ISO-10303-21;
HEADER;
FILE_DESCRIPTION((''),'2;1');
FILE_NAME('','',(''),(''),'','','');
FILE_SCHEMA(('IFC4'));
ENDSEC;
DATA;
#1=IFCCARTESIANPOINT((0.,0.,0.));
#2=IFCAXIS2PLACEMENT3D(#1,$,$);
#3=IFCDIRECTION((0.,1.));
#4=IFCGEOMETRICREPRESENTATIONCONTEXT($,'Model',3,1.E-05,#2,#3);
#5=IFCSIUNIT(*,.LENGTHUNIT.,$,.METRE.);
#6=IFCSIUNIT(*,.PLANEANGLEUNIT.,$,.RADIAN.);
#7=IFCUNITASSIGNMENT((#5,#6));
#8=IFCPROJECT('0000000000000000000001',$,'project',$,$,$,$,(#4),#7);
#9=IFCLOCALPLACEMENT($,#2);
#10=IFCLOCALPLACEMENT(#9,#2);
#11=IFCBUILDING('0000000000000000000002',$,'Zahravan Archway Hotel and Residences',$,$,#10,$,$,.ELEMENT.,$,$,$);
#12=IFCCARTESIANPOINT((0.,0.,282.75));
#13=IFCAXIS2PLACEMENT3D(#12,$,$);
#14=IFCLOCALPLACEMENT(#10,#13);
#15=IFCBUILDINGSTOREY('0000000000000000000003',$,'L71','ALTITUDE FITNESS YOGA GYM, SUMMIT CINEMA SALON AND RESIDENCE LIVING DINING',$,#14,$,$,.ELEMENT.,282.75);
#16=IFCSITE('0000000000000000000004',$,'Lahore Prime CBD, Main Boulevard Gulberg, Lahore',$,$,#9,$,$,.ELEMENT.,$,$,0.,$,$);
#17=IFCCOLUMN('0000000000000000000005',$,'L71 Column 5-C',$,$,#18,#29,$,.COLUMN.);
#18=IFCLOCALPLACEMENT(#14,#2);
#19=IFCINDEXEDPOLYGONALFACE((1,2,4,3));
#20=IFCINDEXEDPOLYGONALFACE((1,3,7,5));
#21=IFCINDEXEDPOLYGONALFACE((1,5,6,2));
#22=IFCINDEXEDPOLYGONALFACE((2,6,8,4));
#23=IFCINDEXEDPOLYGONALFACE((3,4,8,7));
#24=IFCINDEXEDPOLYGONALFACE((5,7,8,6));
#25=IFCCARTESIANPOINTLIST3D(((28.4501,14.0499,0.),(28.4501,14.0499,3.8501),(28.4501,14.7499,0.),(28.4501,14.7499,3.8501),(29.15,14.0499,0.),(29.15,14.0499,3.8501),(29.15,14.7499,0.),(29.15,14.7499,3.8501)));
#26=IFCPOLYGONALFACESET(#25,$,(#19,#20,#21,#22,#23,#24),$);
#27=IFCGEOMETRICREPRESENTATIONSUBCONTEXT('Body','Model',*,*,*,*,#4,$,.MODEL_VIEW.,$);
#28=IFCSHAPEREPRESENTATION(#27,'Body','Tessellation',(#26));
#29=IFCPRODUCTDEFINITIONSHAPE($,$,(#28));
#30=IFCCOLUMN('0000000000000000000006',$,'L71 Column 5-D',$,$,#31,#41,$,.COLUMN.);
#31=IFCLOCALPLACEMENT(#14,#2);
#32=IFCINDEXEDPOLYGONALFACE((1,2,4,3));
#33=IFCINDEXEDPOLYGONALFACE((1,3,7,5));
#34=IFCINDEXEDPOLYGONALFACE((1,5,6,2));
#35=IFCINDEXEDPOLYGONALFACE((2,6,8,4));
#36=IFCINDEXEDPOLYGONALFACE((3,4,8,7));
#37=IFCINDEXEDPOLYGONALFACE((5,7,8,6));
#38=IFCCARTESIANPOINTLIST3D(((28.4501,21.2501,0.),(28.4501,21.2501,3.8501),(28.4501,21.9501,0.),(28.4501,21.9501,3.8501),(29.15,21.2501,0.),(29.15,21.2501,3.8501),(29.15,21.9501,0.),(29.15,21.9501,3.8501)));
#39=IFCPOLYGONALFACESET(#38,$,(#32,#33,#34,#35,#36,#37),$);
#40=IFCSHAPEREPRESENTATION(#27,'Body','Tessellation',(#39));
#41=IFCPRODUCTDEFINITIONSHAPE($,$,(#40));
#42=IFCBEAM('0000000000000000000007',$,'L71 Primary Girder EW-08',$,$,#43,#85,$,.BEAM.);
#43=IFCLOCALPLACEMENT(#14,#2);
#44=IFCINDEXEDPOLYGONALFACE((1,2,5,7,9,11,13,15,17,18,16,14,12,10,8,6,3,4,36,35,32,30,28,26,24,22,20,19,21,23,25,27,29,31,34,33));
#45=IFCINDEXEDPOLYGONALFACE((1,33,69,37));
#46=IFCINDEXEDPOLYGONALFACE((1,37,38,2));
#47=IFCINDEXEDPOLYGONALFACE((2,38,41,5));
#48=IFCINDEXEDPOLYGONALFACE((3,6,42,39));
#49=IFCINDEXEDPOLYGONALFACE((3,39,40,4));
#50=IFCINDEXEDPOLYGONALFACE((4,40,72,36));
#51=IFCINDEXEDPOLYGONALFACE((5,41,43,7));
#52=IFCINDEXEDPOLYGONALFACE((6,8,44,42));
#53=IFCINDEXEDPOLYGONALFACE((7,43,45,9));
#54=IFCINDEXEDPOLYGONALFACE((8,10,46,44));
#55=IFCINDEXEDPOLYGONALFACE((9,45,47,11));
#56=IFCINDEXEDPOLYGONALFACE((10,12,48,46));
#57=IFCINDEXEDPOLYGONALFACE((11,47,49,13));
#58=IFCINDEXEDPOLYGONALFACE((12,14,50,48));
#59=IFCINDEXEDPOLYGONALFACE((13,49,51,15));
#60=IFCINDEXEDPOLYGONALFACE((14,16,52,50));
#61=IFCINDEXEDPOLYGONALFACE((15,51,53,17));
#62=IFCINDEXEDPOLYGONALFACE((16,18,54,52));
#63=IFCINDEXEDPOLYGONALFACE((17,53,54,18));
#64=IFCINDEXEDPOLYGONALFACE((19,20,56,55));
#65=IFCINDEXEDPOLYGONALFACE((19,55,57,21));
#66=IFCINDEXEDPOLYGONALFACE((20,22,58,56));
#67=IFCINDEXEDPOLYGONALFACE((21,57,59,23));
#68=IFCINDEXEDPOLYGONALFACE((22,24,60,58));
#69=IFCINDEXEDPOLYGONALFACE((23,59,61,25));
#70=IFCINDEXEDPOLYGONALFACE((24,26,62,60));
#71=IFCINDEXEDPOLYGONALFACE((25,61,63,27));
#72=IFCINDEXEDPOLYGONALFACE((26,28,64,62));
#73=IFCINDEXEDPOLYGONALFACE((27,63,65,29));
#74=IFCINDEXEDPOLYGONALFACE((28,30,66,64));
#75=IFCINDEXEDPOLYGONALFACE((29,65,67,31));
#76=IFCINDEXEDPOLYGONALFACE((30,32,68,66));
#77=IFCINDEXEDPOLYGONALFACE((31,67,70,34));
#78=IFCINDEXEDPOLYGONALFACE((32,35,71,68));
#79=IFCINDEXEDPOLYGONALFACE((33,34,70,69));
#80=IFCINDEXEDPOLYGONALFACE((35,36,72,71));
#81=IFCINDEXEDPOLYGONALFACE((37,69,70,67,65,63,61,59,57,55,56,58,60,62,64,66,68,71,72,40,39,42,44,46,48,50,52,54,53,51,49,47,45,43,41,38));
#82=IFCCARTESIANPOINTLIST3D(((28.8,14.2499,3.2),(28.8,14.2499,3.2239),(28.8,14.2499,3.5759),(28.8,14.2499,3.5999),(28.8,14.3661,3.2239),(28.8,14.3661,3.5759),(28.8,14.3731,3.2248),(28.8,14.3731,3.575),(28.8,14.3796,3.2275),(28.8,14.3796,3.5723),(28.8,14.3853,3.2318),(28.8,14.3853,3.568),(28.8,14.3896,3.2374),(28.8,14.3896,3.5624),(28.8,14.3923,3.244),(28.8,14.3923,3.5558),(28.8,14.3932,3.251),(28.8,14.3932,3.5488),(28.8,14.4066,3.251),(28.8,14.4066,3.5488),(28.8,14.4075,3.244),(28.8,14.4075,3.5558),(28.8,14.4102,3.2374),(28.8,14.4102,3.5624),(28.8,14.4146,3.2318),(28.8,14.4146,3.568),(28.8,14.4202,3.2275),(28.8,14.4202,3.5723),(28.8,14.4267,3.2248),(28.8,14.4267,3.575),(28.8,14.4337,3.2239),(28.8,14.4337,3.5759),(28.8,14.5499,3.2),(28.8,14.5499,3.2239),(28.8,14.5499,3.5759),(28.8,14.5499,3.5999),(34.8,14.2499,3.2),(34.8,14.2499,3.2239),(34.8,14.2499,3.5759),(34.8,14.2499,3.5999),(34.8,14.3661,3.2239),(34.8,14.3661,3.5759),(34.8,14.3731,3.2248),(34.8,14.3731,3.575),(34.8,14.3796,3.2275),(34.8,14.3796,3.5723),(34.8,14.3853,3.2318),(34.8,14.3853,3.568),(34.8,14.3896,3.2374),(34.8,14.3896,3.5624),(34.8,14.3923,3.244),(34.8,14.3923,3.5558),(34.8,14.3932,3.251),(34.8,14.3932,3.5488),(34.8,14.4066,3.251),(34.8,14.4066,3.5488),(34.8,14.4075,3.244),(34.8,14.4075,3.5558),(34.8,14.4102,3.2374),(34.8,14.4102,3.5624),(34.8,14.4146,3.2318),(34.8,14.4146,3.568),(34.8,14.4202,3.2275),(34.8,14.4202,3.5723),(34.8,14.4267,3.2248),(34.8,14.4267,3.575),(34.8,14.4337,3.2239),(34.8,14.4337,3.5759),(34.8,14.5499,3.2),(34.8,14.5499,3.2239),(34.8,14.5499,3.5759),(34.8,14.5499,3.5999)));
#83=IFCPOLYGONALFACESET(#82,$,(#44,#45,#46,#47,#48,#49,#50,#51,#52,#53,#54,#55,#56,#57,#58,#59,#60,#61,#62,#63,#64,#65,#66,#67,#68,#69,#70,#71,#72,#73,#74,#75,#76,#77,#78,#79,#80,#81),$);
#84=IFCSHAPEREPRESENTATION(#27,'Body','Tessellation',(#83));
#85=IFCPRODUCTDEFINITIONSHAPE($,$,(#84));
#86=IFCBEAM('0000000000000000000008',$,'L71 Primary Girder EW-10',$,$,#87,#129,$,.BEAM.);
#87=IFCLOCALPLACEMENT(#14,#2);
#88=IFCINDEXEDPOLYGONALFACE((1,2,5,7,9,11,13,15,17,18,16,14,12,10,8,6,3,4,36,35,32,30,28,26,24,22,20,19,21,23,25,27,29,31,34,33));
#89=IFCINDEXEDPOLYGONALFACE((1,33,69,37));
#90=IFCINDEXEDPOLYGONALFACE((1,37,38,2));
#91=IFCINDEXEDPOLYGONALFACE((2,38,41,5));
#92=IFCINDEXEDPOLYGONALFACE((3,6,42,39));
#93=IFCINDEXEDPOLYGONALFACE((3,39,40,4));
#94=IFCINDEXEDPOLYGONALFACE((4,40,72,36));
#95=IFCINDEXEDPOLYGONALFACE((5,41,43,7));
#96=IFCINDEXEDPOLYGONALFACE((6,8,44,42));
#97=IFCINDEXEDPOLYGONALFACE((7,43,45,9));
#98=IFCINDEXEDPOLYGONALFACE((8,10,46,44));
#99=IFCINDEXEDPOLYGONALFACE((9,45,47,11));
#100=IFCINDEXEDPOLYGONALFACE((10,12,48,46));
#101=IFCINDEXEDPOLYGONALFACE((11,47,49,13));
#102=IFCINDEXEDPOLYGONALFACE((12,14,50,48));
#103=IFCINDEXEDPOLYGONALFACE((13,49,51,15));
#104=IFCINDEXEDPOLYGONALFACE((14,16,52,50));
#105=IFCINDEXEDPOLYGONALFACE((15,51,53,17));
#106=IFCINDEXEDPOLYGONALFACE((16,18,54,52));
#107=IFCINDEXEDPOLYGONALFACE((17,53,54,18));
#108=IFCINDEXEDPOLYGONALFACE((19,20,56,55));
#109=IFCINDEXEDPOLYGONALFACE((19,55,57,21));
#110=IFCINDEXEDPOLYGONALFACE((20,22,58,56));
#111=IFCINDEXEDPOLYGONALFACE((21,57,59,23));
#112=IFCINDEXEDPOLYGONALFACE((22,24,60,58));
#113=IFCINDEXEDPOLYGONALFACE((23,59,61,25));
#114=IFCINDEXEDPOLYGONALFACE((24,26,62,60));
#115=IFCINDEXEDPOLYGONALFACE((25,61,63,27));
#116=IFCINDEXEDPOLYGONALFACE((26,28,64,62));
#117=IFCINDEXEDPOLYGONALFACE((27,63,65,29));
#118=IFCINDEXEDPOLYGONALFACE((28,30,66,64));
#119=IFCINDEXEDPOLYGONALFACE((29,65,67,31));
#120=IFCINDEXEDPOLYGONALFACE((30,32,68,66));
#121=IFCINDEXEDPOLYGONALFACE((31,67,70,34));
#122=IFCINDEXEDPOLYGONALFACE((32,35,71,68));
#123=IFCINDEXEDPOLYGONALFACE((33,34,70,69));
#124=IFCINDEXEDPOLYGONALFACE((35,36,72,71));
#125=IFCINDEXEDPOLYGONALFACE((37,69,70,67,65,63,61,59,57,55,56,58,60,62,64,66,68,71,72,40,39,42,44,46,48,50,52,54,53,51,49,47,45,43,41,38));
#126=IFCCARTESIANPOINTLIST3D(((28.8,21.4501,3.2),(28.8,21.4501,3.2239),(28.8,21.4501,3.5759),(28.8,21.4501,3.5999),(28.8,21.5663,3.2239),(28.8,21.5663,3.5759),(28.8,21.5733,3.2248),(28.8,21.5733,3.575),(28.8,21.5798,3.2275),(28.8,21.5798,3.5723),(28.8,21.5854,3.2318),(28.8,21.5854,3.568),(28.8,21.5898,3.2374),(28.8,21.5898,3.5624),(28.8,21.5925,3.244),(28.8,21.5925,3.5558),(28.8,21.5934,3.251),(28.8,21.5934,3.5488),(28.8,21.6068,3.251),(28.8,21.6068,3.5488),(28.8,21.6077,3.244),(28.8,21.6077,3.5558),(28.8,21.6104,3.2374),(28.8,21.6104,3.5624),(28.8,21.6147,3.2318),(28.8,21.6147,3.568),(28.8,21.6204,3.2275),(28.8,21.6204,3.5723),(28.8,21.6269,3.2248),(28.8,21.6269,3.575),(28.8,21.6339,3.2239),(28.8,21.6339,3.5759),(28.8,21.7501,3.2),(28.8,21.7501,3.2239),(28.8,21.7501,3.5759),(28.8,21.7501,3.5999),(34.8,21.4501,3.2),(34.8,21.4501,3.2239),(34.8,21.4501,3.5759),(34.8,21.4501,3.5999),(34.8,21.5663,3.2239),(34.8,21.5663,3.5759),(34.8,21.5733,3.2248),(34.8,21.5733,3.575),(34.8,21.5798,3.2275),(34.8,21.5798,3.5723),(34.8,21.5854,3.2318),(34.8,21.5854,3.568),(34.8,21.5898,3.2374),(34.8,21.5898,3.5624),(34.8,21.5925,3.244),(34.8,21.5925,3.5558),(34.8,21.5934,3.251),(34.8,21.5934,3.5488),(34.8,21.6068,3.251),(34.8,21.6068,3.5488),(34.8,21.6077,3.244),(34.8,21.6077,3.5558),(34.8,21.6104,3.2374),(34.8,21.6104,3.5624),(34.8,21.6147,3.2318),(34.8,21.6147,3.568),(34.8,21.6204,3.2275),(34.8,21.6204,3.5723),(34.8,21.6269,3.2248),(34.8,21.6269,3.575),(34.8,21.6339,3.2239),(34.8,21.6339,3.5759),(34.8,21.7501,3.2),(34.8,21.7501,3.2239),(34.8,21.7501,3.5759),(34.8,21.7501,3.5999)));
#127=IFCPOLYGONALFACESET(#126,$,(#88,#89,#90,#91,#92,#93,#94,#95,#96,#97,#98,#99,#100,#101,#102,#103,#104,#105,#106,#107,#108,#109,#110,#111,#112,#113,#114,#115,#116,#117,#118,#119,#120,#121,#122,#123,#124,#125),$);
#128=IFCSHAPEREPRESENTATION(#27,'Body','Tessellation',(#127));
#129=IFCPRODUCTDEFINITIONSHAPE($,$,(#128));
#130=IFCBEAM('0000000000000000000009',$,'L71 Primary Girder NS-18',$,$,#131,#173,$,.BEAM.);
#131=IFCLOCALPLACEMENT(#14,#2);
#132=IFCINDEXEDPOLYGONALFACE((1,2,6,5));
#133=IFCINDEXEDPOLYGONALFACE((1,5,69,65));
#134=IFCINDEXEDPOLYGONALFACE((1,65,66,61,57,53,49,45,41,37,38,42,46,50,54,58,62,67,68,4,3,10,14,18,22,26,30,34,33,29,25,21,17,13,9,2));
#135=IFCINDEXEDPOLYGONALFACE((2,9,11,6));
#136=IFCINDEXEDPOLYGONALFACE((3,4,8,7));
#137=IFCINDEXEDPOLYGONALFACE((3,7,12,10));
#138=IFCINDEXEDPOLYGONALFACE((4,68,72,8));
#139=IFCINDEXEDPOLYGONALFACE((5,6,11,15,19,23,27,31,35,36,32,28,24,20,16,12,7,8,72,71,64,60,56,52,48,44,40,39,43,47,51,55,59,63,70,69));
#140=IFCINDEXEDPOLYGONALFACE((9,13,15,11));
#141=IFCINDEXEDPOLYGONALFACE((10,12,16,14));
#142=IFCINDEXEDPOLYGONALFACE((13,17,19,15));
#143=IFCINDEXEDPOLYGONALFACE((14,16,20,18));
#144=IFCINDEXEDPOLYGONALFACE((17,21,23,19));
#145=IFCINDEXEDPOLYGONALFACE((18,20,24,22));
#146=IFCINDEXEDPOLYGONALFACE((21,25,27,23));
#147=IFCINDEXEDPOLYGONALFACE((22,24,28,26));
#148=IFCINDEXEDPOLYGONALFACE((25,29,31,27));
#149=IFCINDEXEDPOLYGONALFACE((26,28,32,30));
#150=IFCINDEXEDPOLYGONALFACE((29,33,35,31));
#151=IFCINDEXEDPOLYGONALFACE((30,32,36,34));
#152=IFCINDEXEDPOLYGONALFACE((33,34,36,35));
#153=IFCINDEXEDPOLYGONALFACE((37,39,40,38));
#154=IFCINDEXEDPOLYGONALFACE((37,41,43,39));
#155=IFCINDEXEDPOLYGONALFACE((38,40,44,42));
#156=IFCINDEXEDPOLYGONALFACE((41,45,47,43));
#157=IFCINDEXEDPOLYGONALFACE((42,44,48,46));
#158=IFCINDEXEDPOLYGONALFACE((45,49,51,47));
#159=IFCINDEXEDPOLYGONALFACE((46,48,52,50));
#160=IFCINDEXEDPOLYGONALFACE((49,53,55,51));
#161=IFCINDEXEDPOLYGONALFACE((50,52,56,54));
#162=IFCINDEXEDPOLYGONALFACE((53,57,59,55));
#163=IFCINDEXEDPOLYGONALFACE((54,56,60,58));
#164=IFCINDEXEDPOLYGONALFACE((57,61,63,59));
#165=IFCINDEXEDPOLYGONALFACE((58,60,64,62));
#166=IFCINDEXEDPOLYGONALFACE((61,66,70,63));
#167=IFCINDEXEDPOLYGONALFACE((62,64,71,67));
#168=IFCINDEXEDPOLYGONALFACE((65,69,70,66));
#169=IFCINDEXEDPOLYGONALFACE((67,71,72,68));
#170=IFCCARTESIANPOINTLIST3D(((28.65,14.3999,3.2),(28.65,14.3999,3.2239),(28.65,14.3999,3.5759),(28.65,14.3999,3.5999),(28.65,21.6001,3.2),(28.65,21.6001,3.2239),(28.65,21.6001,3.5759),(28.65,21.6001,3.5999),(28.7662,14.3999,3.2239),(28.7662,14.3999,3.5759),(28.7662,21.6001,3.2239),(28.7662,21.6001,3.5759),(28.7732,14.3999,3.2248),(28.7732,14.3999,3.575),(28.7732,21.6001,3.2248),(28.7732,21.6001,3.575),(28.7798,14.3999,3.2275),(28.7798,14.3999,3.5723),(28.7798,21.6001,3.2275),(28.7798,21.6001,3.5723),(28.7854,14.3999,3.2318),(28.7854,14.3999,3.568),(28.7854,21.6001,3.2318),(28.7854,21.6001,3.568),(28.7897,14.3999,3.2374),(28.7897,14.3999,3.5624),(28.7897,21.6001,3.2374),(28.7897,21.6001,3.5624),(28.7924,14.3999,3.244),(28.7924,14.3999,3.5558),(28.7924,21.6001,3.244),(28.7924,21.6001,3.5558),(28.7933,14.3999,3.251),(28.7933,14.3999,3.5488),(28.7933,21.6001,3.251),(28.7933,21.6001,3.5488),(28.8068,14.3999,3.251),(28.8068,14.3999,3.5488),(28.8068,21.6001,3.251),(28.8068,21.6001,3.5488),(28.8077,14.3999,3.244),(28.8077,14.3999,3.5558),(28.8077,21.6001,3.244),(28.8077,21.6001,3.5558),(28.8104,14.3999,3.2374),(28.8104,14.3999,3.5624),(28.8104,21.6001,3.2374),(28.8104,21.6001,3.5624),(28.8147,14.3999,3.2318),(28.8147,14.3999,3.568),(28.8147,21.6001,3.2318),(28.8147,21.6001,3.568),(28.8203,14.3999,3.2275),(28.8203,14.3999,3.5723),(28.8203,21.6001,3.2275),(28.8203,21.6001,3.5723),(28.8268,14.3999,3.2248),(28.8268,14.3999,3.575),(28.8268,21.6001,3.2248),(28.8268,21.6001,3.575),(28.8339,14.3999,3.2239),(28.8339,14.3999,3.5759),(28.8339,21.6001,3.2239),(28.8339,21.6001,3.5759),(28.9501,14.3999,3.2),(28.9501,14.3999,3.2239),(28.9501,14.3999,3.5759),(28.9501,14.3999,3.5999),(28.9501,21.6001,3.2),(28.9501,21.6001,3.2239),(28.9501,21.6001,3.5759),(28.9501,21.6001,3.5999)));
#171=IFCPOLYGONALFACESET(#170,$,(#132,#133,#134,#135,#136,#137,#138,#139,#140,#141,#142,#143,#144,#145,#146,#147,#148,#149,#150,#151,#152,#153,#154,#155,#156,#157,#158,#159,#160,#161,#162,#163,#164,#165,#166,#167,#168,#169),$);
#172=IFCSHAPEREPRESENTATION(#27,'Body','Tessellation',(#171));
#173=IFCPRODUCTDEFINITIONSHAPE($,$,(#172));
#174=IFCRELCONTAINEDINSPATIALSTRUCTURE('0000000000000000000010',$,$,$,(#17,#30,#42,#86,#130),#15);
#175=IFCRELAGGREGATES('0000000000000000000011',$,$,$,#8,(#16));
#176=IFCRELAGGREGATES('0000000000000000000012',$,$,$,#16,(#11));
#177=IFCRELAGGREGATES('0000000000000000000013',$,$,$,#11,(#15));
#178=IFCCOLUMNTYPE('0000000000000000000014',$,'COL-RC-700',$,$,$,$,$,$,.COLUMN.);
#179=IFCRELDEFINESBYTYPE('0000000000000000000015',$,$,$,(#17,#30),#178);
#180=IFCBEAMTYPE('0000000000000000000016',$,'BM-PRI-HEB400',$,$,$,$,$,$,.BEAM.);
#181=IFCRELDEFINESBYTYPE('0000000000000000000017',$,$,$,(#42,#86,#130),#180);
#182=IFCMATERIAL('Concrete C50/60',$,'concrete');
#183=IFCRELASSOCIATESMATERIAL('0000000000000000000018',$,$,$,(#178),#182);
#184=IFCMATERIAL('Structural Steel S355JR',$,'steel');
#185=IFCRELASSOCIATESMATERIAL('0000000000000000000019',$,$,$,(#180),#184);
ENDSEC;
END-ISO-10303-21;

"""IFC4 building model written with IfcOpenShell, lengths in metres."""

from ifc_helpers import new_model, si_unit, direction, frame, origin, origin_2d, place, context, subcontext, project, spatial, rectangle, i_section, extrude, source, transform, mapped, material, material_profile, profile_set, type_object, element, save


model = new_model("IFC4")

# Units and contexts
model_context = context("Model", 3, precision=1e-05, world=origin(), true_north=direction((0.0, 1.0)))
body_context = subcontext(model_context, "Body", "Model", "MODEL_VIEW")
ifc_project = project(units=[si_unit("LENGTHUNIT", "METRE"), si_unit("PLANEANGLEUNIT", "RADIAN")], contexts=[model_context])

# Site, building, storey
site_placement = place(None, origin())
site = spatial("IfcSite", under=ifc_project, at=site_placement, Name="Lahore Prime CBD, Main Boulevard Gulberg, Lahore", CompositionType="ELEMENT", RefElevation=0.0)
building_placement = place(site_placement, origin())
building = spatial("IfcBuilding", under=site, at=building_placement, Name="Zahravan Archway Hotel and Residences", CompositionType="ELEMENT")
storey_placement = place(building_placement, frame((0.0, 0.0, 282.75)))
storey = spatial("IfcBuildingStorey", under=building, at=storey_placement, Name="L71", Description="ALTITUDE FITNESS YOGA GYM, SUMMIT CINEMA SALON AND RESIDENCE LIVING DINING", CompositionType="ELEMENT", Elevation=282.75)

# Columns
ifc_material_1 = material(Name="Concrete C50/60", Category="concrete")
ifc_material_profile_1 = material_profile(ifc_material_1, rectangle(XDim=0.7, YDim=0.7, at=origin_2d()), Name="RC-COL-700x700", Category="concrete")
ifc_profile_set_1 = profile_set([ifc_material_profile_1], Name="Concrete C50/60")
column_type = type_object("IfcColumnType", Name="COL-RC-700", PredefinedType="COLUMN", material=ifc_profile_set_1)
shared_shape_1 = source(origin(), body_context, "Body", "SweptSolid", [
    extrude(rectangle(XDim=0.7, YDim=0.7, at=origin_2d()), origin(), (0.0, 0.0, 1.0), 3.8501),
])
for number, where, z_axis, x_axis, name in (
    (1, (28.8, 14.3999, 0.0), (0.0, 0.0, 1.0), (1.0, 0.0, 0.0), "L71 Column 5-C"),
    (2, (28.8, 21.6001, 0.0), (0.0, 0.0, 1.0), (1.0, 0.0, 0.0), "L71 Column 5-D"),
):
    element("IfcColumn", number, at=place(storey_placement, frame(where, z_axis=z_axis, x_axis=x_axis)), inside=storey, type_object=column_type, Name=name, PredefinedType="COLUMN", context=body_context, shape_type="MappedRepresentation", body=[
        mapped(shared_shape_1, transform((0.0, 0.0, 0.0), scale=1.0)),
    ])

# Beams
ifc_material_2 = material(Name="Structural Steel S355JR", Category="steel")
ifc_material_profile_2 = material_profile(ifc_material_2, i_section(OverallWidth=0.3, OverallDepth=0.3999, WebThickness=0.0134, FlangeThickness=0.0239, FilletRadius=0.0271, at=origin_2d()), Name="HEB 400", Category="steel")
ifc_profile_set_2 = profile_set([ifc_material_profile_2], Name="Structural Steel S355JR")
beam_type_1 = type_object("IfcBeamType", Name="BM-PRI-HEB400", PredefinedType="BEAM", material=ifc_profile_set_2)
shared_shape_2 = source(origin(), body_context, "Body", "SweptSolid", [
    extrude(i_section(OverallWidth=0.3, OverallDepth=0.3999, WebThickness=0.0134, FlangeThickness=0.0239, FilletRadius=0.0271, at=origin_2d()), origin(), (0.0, 0.0, 1.0), 6.0),
])
for number, where, z_axis, x_axis, name in (
    (3, (28.8, 14.3999, 3.3999), (1.0, 0.0, 0.0), (0.0, 1.0, 0.0), "L71 Primary Girder EW-08"),
    (4, (28.8, 21.6001, 3.3999), (1.0, 0.0, 0.0), (0.0, 1.0, 0.0), "L71 Primary Girder EW-10"),
):
    element("IfcBeam", number, at=place(storey_placement, frame(where, z_axis=z_axis, x_axis=x_axis)), inside=storey, type_object=beam_type_1, Name=name, PredefinedType="BEAM", context=body_context, shape_type="MappedRepresentation", body=[
        mapped(shared_shape_2, transform((0.0, 0.0, 0.0), scale=1.0)),
    ])
shared_shape_3 = source(origin(), body_context, "Body", "SweptSolid", [
    extrude(i_section(OverallWidth=0.3, OverallDepth=0.3999, WebThickness=0.0134, FlangeThickness=0.0239, FilletRadius=0.0271, at=origin_2d()), origin(), (0.0, 0.0, 1.0), 7.2002),
])
beam_1_placement = place(storey_placement, frame((28.8, 14.3999, 3.3999), z_axis=(0.0, 1.0, 0.0), x_axis=(-1.0, 0.0, 0.0)))
element("IfcBeam", 5, at=beam_1_placement, inside=storey, type_object=beam_type_1, Name="L71 Primary Girder NS-18", PredefinedType="BEAM", context=body_context, shape_type="MappedRepresentation", body=[
    mapped(shared_shape_3, transform((0.0, 0.0, 0.0), scale=1.0)),
])

save(model, "model.ifc")
